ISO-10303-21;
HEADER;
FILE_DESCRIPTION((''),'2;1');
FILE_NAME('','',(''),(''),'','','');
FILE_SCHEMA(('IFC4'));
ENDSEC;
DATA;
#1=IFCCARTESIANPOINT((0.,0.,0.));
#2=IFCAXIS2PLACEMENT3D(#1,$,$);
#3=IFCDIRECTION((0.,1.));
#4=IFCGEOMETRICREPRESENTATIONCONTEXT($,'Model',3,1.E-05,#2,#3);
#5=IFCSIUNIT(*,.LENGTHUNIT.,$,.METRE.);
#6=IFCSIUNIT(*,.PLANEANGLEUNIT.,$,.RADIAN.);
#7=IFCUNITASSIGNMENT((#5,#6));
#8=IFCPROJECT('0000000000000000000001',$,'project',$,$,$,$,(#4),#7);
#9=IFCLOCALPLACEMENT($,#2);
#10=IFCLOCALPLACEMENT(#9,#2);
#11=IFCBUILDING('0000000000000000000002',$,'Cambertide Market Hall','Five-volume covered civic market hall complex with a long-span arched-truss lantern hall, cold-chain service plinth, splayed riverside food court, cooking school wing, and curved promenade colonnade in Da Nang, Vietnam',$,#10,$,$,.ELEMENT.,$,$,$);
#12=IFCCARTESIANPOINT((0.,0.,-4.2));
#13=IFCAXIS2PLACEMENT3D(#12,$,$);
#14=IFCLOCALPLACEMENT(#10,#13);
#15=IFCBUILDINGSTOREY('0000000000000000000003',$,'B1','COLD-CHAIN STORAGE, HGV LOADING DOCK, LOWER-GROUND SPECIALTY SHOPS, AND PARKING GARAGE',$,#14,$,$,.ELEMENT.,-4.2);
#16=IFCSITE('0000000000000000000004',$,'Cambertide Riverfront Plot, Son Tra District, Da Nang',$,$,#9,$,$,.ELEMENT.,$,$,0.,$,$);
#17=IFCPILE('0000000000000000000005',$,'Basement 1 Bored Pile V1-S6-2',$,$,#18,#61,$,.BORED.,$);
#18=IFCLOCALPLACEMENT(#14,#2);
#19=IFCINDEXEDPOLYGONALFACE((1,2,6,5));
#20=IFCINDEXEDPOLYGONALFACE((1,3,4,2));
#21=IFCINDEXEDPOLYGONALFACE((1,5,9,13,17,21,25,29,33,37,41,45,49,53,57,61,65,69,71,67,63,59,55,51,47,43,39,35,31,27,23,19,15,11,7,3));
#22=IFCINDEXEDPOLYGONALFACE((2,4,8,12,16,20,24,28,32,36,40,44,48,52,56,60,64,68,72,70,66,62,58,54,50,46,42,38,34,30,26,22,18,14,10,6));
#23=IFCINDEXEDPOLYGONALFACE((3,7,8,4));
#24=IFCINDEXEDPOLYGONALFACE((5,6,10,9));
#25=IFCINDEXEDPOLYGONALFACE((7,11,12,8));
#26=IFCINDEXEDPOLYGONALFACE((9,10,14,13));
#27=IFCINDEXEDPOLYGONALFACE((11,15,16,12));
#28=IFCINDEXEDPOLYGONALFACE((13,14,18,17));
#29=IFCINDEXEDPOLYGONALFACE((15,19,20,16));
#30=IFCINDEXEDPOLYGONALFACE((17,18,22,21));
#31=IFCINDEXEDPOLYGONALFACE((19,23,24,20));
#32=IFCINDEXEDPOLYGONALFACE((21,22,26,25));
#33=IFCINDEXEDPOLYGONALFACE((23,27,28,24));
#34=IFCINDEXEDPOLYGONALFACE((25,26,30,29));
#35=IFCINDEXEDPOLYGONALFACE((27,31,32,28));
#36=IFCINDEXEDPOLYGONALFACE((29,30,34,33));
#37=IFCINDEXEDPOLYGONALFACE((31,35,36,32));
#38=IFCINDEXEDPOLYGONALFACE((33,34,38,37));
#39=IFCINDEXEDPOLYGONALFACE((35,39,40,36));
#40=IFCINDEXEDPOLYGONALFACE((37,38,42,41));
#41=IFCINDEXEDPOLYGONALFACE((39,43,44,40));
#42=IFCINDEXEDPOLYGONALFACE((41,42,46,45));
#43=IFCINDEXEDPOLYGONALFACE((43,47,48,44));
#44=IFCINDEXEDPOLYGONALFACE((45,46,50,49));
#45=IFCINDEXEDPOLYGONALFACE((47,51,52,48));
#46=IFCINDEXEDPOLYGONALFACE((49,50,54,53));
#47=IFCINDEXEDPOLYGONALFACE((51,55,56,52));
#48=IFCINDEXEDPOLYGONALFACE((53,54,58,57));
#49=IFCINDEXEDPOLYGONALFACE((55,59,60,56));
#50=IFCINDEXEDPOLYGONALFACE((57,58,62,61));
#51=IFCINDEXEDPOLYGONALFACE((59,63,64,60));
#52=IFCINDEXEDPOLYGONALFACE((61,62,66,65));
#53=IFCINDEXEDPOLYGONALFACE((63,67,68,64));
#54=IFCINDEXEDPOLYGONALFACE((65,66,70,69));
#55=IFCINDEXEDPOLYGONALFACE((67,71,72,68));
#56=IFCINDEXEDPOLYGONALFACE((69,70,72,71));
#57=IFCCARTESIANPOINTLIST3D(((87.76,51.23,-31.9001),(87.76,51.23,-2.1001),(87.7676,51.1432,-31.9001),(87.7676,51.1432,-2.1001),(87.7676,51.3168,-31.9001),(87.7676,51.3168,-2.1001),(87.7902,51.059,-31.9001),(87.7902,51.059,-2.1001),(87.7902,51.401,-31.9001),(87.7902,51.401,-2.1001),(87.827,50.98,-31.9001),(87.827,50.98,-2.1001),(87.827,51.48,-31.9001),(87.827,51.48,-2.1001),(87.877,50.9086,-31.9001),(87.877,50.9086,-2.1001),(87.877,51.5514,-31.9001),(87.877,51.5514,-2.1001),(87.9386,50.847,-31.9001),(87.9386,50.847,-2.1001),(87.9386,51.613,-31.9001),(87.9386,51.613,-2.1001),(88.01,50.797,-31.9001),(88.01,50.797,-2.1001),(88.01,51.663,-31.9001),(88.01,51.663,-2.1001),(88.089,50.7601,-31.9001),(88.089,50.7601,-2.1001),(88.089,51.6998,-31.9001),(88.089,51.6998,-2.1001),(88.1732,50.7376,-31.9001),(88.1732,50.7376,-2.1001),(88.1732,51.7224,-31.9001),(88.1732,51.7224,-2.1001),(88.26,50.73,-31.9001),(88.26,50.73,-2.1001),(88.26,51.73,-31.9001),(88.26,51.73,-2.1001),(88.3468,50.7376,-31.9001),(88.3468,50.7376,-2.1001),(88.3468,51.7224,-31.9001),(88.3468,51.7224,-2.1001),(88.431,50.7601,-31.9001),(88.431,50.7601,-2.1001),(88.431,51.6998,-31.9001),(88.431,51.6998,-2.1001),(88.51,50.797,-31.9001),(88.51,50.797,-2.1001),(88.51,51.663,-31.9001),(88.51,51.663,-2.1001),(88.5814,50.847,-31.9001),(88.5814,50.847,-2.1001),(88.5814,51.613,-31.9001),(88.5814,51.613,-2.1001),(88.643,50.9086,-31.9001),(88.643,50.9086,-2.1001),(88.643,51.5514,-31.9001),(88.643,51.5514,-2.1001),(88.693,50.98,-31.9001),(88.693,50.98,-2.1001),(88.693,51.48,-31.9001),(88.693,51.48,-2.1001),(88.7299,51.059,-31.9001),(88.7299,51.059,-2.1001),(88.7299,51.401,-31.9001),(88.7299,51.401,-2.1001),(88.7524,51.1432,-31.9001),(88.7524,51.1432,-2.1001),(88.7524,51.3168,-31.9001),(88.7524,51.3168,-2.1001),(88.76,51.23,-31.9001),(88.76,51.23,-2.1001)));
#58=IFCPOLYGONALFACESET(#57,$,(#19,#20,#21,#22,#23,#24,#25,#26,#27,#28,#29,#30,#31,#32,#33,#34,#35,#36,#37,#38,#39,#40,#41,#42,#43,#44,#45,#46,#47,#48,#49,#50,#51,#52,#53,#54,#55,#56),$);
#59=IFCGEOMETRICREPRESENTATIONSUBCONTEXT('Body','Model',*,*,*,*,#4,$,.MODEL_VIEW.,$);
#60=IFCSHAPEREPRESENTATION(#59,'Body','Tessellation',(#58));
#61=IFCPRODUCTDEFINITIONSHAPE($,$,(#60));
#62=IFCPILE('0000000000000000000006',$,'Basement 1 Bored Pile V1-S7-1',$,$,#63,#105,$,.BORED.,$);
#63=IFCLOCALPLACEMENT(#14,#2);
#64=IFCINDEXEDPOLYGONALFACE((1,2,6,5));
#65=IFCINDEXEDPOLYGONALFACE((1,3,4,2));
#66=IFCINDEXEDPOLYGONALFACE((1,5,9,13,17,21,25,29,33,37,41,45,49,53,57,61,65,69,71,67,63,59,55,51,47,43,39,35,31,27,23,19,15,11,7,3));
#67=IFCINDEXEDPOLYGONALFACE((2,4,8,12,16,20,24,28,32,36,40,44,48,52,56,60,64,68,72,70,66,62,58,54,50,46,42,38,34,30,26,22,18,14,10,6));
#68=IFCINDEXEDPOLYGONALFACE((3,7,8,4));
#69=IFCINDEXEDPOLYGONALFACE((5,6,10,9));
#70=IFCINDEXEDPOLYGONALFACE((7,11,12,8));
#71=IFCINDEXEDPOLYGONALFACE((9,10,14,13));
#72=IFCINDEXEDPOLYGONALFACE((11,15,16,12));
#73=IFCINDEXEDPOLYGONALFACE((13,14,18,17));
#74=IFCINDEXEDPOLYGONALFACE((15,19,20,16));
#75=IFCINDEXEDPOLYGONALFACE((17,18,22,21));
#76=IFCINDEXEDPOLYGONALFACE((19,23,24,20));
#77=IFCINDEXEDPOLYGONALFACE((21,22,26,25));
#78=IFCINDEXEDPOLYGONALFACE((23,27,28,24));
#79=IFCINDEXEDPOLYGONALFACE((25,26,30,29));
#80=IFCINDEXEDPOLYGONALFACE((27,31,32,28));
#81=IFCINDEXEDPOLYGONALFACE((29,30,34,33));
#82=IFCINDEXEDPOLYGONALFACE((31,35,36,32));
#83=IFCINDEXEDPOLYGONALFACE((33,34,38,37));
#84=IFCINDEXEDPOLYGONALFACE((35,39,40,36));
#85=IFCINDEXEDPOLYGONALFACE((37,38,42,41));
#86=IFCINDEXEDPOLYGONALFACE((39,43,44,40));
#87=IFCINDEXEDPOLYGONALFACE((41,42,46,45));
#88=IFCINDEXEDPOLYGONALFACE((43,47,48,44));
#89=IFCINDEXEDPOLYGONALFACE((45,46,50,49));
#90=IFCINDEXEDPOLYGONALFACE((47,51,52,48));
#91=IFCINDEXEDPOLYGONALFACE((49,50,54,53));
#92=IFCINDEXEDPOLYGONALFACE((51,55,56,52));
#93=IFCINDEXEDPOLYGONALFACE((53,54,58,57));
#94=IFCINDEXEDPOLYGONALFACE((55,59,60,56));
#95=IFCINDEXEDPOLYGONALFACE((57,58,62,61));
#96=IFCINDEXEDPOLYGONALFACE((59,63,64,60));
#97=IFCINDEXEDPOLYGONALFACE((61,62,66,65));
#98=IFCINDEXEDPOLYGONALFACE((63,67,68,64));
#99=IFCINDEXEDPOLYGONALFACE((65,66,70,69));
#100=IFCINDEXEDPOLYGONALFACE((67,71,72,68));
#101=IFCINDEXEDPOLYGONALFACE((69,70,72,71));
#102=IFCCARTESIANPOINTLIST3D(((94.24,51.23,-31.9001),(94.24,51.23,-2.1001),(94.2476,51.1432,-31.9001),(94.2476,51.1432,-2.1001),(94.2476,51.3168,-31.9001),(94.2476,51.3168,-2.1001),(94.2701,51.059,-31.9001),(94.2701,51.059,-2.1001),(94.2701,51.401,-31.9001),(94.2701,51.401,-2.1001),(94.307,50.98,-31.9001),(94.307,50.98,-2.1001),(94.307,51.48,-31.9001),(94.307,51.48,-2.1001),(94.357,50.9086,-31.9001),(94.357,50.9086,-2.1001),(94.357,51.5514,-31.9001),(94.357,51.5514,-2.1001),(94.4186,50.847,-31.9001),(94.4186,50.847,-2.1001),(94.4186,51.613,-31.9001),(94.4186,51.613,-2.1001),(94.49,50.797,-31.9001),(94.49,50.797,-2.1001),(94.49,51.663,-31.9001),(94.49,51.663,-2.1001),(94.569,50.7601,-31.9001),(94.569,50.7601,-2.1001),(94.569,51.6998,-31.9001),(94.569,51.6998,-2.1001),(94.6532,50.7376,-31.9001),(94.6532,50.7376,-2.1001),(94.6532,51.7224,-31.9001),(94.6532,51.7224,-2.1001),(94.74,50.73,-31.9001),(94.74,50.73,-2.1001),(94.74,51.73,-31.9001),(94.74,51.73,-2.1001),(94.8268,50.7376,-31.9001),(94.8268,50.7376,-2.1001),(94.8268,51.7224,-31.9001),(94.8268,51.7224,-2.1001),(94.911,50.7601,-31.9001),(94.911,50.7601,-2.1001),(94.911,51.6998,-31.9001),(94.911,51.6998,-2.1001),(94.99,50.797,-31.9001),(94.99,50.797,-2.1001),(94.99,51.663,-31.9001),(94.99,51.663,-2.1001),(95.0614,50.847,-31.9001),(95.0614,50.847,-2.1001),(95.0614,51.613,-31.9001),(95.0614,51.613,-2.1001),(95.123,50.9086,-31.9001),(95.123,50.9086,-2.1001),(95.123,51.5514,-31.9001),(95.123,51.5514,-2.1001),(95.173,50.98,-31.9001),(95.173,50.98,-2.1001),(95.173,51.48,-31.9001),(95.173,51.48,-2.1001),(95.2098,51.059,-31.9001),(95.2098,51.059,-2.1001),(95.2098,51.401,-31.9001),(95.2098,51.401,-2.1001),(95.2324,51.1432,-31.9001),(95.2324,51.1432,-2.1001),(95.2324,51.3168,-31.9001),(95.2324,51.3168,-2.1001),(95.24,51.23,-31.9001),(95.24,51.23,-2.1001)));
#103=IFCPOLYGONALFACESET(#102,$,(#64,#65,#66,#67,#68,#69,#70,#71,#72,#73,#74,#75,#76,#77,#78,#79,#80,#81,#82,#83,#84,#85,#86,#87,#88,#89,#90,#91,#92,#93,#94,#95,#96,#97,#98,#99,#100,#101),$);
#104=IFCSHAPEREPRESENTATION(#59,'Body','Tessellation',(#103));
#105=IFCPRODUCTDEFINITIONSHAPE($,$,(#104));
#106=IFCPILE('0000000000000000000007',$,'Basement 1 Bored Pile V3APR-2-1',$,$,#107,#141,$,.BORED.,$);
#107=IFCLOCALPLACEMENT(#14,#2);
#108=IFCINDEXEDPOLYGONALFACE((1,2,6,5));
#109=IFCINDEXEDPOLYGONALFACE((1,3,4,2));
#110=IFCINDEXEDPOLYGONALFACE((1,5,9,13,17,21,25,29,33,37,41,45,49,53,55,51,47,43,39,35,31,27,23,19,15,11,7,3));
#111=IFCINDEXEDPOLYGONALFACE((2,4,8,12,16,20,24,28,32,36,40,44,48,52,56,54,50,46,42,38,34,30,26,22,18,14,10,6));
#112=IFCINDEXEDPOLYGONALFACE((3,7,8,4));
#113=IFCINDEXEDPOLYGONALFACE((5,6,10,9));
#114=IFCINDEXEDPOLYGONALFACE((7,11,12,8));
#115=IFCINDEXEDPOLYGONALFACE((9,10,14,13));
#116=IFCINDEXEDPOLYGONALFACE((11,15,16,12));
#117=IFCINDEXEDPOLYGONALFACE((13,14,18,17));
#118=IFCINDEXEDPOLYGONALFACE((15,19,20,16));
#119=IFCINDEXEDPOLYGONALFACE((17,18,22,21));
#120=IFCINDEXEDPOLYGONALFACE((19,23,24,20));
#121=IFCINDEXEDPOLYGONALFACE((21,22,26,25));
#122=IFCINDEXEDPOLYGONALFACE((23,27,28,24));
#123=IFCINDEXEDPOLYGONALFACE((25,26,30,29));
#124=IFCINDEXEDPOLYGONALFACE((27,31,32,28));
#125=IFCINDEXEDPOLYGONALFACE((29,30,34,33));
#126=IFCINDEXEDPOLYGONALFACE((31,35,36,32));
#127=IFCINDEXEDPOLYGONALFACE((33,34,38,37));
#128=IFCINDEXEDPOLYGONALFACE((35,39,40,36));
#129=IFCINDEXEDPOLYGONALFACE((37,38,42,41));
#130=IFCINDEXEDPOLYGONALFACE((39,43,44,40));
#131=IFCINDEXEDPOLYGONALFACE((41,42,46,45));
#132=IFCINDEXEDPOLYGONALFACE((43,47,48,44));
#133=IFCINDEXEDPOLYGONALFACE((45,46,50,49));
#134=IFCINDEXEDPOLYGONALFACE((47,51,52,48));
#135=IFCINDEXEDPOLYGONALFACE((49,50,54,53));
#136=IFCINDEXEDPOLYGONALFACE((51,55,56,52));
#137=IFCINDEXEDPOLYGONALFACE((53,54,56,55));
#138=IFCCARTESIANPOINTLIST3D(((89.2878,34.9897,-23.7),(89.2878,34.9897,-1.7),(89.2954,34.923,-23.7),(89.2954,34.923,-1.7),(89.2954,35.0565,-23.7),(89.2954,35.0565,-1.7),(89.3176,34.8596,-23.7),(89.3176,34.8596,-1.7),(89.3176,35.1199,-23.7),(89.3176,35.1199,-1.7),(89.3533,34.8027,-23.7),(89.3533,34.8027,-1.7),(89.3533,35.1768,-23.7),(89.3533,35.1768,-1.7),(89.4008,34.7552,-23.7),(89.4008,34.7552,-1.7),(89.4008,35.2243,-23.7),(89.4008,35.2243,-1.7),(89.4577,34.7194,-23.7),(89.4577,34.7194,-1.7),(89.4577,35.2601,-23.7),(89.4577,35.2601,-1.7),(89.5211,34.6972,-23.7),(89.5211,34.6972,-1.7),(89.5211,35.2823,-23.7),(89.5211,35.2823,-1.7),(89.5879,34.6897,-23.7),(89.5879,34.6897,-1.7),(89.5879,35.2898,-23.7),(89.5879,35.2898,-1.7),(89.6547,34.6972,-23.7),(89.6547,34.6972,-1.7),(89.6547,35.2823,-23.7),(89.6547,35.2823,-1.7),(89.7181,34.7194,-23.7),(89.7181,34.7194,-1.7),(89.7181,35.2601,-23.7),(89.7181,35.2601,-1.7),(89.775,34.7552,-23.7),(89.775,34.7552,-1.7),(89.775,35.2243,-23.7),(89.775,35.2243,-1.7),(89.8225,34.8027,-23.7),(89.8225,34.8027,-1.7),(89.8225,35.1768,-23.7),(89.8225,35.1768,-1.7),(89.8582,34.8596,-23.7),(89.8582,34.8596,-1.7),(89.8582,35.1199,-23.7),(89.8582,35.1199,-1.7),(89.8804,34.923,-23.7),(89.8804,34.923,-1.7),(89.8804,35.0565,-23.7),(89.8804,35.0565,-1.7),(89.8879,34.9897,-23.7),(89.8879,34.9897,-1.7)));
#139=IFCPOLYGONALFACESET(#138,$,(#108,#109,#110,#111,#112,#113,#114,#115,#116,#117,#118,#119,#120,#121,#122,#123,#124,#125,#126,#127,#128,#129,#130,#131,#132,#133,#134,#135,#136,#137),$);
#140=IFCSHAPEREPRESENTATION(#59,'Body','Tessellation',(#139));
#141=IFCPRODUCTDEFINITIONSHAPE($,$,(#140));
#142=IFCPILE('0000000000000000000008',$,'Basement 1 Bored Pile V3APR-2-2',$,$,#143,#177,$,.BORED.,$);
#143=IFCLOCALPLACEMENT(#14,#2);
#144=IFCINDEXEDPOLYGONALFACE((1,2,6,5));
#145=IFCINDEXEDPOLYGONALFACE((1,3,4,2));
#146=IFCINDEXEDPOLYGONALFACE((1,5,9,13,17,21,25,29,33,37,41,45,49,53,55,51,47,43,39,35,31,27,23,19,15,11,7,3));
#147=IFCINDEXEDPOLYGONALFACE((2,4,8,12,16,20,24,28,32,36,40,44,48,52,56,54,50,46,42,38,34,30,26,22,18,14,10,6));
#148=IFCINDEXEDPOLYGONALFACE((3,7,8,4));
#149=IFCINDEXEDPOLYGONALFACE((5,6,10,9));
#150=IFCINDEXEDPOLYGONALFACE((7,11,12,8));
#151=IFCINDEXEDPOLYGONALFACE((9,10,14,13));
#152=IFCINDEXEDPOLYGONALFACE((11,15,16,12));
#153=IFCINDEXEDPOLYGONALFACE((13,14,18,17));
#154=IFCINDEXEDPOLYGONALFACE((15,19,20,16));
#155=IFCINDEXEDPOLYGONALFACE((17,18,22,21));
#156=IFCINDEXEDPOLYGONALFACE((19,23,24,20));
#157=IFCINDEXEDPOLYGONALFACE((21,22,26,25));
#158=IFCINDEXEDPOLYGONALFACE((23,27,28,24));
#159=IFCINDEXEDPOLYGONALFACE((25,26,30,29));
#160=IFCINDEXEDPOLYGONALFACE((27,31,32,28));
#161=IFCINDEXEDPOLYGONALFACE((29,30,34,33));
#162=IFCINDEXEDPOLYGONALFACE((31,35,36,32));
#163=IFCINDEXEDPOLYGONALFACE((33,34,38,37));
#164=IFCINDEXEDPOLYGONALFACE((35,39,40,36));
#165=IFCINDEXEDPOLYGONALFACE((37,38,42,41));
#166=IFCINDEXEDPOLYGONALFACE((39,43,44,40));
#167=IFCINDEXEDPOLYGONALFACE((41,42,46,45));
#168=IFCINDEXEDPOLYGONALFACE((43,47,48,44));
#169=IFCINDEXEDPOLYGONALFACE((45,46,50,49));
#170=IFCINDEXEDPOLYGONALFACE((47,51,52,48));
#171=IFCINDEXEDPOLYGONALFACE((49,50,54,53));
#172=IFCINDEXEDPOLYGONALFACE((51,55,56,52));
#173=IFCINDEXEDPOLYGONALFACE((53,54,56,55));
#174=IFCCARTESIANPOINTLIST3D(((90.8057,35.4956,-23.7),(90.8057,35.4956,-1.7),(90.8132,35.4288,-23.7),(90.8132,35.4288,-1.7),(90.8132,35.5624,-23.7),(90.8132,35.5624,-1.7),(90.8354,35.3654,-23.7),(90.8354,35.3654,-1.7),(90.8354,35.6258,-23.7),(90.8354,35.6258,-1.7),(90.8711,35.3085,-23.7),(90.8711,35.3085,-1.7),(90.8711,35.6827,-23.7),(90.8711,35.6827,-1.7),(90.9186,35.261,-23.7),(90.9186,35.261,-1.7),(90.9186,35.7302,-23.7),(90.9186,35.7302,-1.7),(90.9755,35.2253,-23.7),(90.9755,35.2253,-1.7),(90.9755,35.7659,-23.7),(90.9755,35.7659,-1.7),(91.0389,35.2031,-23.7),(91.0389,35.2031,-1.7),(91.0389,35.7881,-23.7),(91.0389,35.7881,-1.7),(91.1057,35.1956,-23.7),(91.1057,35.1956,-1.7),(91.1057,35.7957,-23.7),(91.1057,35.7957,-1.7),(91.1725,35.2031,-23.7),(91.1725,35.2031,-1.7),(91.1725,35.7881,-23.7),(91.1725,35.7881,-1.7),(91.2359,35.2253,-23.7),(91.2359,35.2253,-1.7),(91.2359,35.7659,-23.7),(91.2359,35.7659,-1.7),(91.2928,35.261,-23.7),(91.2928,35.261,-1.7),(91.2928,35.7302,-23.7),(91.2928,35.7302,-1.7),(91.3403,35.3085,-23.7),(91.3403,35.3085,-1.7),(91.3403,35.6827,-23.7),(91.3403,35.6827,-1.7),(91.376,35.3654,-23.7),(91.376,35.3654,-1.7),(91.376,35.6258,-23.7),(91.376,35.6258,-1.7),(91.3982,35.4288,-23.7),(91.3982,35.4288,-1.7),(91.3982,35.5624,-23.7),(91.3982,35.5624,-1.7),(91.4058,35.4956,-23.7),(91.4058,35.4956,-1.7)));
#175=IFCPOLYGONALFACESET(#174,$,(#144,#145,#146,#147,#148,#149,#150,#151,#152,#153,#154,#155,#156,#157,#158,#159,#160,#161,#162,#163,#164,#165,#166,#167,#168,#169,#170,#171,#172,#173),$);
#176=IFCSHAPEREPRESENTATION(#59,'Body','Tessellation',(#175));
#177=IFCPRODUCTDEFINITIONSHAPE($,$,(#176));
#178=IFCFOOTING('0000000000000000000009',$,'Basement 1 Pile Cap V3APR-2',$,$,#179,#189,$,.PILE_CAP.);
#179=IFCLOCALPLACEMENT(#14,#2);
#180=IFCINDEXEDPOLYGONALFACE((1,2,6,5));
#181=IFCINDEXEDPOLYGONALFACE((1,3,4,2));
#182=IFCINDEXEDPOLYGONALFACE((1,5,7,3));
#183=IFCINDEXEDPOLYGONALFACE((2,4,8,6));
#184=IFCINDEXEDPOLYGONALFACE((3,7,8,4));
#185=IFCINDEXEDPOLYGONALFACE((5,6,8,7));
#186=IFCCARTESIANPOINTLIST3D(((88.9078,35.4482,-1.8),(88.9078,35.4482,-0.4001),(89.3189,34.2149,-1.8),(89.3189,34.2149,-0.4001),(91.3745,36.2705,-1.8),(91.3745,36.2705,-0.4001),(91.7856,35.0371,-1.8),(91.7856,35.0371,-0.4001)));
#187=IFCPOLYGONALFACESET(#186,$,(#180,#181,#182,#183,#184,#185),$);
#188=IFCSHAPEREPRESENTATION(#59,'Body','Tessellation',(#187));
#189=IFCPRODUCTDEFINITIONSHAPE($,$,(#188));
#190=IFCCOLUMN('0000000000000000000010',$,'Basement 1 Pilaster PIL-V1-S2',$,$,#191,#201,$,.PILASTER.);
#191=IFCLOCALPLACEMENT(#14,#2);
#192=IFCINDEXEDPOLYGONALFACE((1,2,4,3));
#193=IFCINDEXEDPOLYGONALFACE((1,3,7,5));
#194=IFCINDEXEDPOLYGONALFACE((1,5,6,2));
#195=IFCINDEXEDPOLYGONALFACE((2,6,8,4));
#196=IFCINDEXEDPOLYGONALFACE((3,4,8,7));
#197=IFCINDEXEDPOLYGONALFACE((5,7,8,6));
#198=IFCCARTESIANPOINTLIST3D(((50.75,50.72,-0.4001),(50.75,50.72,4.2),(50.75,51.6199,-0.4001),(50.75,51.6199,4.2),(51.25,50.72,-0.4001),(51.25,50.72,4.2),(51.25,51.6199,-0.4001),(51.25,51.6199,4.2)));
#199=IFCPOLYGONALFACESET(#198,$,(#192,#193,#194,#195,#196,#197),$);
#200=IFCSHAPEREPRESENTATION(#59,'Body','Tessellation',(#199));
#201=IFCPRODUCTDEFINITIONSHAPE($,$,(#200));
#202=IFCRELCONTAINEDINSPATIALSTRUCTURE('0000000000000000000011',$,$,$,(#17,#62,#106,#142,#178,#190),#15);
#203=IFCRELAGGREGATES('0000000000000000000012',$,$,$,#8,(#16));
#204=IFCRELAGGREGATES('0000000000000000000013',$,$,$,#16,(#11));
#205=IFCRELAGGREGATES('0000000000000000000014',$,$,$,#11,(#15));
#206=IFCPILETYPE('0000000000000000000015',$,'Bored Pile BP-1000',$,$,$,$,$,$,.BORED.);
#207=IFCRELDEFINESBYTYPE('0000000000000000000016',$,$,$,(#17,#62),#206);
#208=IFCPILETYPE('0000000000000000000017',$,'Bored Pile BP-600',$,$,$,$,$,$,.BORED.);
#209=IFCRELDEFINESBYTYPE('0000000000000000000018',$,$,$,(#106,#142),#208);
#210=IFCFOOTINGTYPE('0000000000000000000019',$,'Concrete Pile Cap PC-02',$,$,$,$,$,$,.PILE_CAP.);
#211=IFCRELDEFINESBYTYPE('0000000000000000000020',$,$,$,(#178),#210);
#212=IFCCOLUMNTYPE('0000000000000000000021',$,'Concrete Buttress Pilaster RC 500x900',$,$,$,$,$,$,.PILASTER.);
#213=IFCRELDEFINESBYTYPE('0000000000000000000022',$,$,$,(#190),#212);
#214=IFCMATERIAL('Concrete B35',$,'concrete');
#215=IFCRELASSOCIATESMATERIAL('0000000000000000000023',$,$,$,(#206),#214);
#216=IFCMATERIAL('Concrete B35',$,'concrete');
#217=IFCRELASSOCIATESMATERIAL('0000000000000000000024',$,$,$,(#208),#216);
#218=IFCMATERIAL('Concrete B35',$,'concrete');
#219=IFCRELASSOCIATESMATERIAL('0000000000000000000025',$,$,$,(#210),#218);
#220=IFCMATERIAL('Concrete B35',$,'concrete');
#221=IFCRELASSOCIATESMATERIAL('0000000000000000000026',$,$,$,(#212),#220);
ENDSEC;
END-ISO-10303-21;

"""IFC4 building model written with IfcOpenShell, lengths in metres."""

from ifc_helpers import new_model, si_unit, direction, frame, origin, origin_2d, place, context, subcontext, project, spatial, rectangle, circle, extrude, material, material_profile, profile_set, type_object, element, save


model = new_model("IFC4")

# Units and contexts
model_context = context("Model", 3, precision=1e-05, world=origin(), true_north=direction((0.0, 1.0)))
body_context = subcontext(model_context, "Body", "Model", "MODEL_VIEW")
ifc_project = project(units=[si_unit("LENGTHUNIT", "METRE"), si_unit("PLANEANGLEUNIT", "RADIAN")], contexts=[model_context])

# Site, building, storey
site_placement = place(None, origin())
site = spatial("IfcSite", under=ifc_project, at=site_placement, Name="Cambertide Riverfront Plot, Son Tra District, Da Nang", CompositionType="ELEMENT", RefElevation=0.0)
building_placement = place(site_placement, origin())
building = spatial("IfcBuilding", under=site, at=building_placement, Name="Cambertide Market Hall", Description="Five-volume covered civic market hall complex with a long-span arched-truss lantern hall, cold-chain service plinth, splayed riverside food court, cooking school wing, and curved promenade colonnade in Da Nang, Vietnam", CompositionType="ELEMENT")
storey_placement = place(building_placement, frame((0.0, 0.0, -4.2)))
storey = spatial("IfcBuildingStorey", under=building, at=storey_placement, Name="B1", Description="COLD-CHAIN STORAGE, HGV LOADING DOCK, LOWER-GROUND SPECIALTY SHOPS, AND PARKING GARAGE", CompositionType="ELEMENT", Elevation=-4.2)

# Piles
ifc_material_1 = material(Name="Concrete B35", Category="concrete")
ifc_material_profile_1 = material_profile(ifc_material_1, circle(Radius=0.5, at=origin_2d()), Name="BP D1000")
ifc_profile_set_1 = profile_set([ifc_material_profile_1], Name="Concrete B35")
pile_type_1 = type_object("IfcPileType", Name="Bored Pile BP-1000", PredefinedType="BORED", material=ifc_profile_set_1)
for number, where, z_axis, x_axis, name in (
    (1, (88.26, 51.23, -2.1001), (0.0, 0.0, -1.0), (1.0, 0.0, 0.0), "Basement 1 Bored Pile V1-S6-2"),
    (2, (94.74, 51.23, -2.1001), (0.0, 0.0, -1.0), (1.0, 0.0, 0.0), "Basement 1 Bored Pile V1-S7-1"),
):
    element("IfcPile", number, at=place(storey_placement, frame(where, z_axis=z_axis, x_axis=x_axis)), inside=storey, type_object=pile_type_1, Name=name, PredefinedType="BORED", context=body_context, shape_type="SweptSolid", body=[
        extrude(circle(Radius=0.5, at=origin_2d()), origin(), (0.0, 0.0, 1.0), 29.8),
    ])
ifc_material_2 = material(Name="Concrete B35", Category="concrete")
ifc_material_profile_2 = material_profile(ifc_material_2, circle(Radius=0.3, at=origin_2d()), Name="BP D600")
ifc_profile_set_2 = profile_set([ifc_material_profile_2], Name="Concrete B35")
pile_type_2 = type_object("IfcPileType", Name="Bored Pile BP-600", PredefinedType="BORED", material=ifc_profile_set_2)
for number, where, z_axis, x_axis, name in (
    (3, (89.5879, 34.9897, -1.7), (0.0, 0.0, -1.0), (1.0, 0.0, 0.0), "Basement 1 Bored Pile V3APR-2-1"),
    (4, (91.1057, 35.4956, -1.7), (0.0, 0.0, -1.0), (1.0, 0.0, 0.0), "Basement 1 Bored Pile V3APR-2-2"),
):
    element("IfcPile", number, at=place(storey_placement, frame(where, z_axis=z_axis, x_axis=x_axis)), inside=storey, type_object=pile_type_2, Name=name, PredefinedType="BORED", context=body_context, shape_type="SweptSolid", body=[
        extrude(circle(Radius=0.3, at=origin_2d()), origin(), (0.0, 0.0, 1.0), 22.0),
    ])

# Footing
ifc_material_3 = material(Name="Concrete B35", Category="concrete")
footing_type = type_object("IfcFootingType", Name="Concrete Pile Cap PC-02", PredefinedType="PILE_CAP", material=ifc_material_3)
footing_placement = place(storey_placement, frame((90.3467, 35.2427, -1.8), z_axis=(0.0, 0.0, 1.0), x_axis=(0.948683, 0.316228, 0.0)))
element("IfcFooting", 5, at=footing_placement, inside=storey, type_object=footing_type, Name="Basement 1 Pile Cap V3APR-2", PredefinedType="PILE_CAP", context=body_context, shape_type="SweptSolid", body=[
    extrude(rectangle(XDim=2.6001, YDim=1.3, at=origin_2d()), origin(), (0.0, 0.0, 1.0), 1.3999),
])

# Column
ifc_material_4 = material(Name="Concrete B35", Category="concrete")
ifc_material_profile_3 = material_profile(ifc_material_4, rectangle(XDim=0.5, YDim=0.8999, at=origin_2d()), Name="RC 500x900")
ifc_profile_set_3 = profile_set([ifc_material_profile_3], Name="Concrete B35")
column_type_1 = type_object("IfcColumnType", Name="Concrete Buttress Pilaster RC 500x900", PredefinedType="PILASTER", material=ifc_profile_set_3)
for number, where, z_axis, x_axis, name in (
    (6, (51.0, 51.1699, -0.4001), (0.0, 0.0, 1.0), (1.0, 0.0, 0.0), "Basement 1 Pilaster PIL-V1-S2"),
):
    element("IfcColumn", number, at=place(storey_placement, frame(where, z_axis=z_axis, x_axis=x_axis)), inside=storey, type_object=column_type_1, Name=name, PredefinedType="PILASTER", context=body_context, shape_type="SweptSolid", body=[
        extrude(rectangle(XDim=0.5, YDim=0.8999, at=origin_2d()), origin(), (0.0, 0.0, 1.0), 4.6001),
    ])

save(model, "model.ifc")
